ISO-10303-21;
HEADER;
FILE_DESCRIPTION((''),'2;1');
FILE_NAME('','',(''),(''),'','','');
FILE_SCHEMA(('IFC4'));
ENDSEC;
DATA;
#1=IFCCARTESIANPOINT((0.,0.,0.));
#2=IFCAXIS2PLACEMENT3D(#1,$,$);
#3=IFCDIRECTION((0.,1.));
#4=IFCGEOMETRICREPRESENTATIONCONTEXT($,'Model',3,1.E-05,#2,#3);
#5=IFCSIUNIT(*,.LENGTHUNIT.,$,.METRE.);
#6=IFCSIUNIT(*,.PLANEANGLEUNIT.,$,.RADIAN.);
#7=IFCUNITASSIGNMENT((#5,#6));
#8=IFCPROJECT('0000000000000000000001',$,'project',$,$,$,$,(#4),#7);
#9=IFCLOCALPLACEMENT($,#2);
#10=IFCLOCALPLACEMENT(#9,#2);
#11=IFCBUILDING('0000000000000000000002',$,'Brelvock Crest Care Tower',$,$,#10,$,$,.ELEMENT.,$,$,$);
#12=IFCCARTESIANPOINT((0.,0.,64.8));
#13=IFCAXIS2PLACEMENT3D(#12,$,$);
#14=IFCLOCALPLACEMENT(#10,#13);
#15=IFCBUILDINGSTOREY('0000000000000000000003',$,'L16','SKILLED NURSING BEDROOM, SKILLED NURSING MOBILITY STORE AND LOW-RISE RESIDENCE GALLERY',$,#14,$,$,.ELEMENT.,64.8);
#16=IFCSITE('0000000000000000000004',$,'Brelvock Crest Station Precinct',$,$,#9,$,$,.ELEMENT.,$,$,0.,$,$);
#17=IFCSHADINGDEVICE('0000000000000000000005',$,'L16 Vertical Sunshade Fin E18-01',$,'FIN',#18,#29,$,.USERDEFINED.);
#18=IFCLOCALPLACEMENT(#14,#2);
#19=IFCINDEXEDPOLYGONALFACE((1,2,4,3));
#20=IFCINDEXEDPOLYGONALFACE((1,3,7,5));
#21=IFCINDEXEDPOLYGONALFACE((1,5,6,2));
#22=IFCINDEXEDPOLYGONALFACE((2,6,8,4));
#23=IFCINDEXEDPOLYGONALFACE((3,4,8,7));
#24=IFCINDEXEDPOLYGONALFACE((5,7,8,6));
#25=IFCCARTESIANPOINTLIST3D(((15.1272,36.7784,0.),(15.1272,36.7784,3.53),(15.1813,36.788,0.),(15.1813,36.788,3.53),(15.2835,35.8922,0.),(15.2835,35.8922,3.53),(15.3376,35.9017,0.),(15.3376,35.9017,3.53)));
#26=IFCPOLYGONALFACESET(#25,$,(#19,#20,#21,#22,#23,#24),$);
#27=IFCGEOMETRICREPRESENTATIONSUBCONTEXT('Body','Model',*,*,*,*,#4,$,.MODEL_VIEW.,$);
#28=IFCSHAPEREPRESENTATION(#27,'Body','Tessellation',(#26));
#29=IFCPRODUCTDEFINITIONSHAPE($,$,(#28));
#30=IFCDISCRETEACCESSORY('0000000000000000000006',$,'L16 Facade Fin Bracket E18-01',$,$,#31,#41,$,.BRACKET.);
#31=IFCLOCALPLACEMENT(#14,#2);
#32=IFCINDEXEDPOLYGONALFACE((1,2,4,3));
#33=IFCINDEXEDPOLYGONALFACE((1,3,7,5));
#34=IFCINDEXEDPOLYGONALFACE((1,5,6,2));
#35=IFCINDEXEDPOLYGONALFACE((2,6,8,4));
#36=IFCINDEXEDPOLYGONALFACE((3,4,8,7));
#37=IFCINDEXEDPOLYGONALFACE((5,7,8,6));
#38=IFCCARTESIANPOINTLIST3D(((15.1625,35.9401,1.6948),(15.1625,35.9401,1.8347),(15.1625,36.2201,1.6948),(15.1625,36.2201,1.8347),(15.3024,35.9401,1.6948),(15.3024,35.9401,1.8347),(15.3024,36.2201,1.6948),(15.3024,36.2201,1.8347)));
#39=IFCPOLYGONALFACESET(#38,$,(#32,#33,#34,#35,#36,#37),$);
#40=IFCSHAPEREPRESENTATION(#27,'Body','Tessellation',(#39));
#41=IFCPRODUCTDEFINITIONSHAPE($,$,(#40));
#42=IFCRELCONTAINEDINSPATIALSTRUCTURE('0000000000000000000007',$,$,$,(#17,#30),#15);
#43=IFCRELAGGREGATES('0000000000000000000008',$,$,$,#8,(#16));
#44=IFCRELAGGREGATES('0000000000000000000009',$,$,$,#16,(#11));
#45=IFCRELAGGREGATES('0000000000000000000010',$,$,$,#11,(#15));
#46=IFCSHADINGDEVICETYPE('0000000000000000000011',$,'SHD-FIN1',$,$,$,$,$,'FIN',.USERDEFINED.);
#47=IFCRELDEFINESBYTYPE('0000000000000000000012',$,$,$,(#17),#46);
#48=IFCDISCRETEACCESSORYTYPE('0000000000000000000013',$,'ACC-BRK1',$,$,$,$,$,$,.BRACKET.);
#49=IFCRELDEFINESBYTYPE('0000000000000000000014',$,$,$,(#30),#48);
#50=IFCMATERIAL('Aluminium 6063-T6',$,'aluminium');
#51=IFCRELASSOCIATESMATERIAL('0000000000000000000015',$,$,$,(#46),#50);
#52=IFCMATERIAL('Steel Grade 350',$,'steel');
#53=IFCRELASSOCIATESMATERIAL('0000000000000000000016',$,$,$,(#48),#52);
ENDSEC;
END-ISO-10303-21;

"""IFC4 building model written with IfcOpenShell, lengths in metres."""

from ifc_helpers import new_model, si_unit, direction, frame, origin, origin_2d, place, context, subcontext, project, spatial, rectangle, extrude, source, transform, mapped, material, material_profile, profile_set, type_object, element, save


model = new_model("IFC4")

# Units and contexts
model_context = context("Model", 3, precision=1e-05, world=origin(), true_north=direction((0.0, 1.0)))
body_context = subcontext(model_context, "Body", "Model", "MODEL_VIEW")
ifc_project = project(units=[si_unit("LENGTHUNIT", "METRE"), si_unit("PLANEANGLEUNIT", "RADIAN")], contexts=[model_context])

# Site, building, storey
site_placement = place(None, origin())
site = spatial("IfcSite", under=ifc_project, at=site_placement, Name="Brelvock Crest Station Precinct", CompositionType="ELEMENT", RefElevation=0.0)
building_placement = place(site_placement, origin())
building = spatial("IfcBuilding", under=site, at=building_placement, Name="Brelvock Crest Care Tower", CompositionType="ELEMENT")
storey_placement = place(building_placement, frame((0.0, 0.0, 64.8)))
storey = spatial("IfcBuildingStorey", under=building, at=storey_placement, Name="L16", Description="SKILLED NURSING BEDROOM, SKILLED NURSING MOBILITY STORE AND LOW-RISE RESIDENCE GALLERY", CompositionType="ELEMENT", Elevation=64.8)

# Shared definitions
ifc_material_1 = material(Name="Steel Grade 350", Category="steel")

# Shared definitions
ifc_material_2 = material(Name="Aluminium 6063-T6", Category="aluminium")

# Shading device
ifc_material_profile_1 = material_profile(ifc_material_2, rectangle(XDim=0.0549, YDim=0.8999, at=origin_2d()), Name="FIN55x900")
ifc_profile_set_1 = profile_set([ifc_material_profile_1], Name="Aluminium 6063-T6")
shading_device_type = type_object("IfcShadingDeviceType", Name="SHD-FIN1", ElementType="FIN", PredefinedType="USERDEFINED", material=ifc_profile_set_1)
shared_shape_1 = source(origin(), body_context, "Body", "SweptSolid", [
    extrude(rectangle(XDim=0.0549, YDim=0.8999, at=origin_2d()), origin(), (0.0, 0.0, 1.0), 3.53),
])
shading_device_placement = place(storey_placement, frame((15.2324, 36.3401, 0.0), z_axis=(0.0, 0.0, 1.0), x_axis=(0.984808, 0.173648, 0.0)))
element("IfcShadingDevice", 1, at=shading_device_placement, inside=storey, type_object=shading_device_type, Name="L16 Vertical Sunshade Fin E18-01", ObjectType="FIN", PredefinedType="USERDEFINED", context=body_context, shape_type="MappedRepresentation", body=[
    mapped(shared_shape_1, transform((0.0, 0.0, 0.0), x_axis=(1.0, 0.0, 0.0), y_axis=(0.0, 1.0, 0.0), z_axis=(0.0, 0.0, 1.0), scale=1.0)),
])

# Discrete accessory
discrete_accessory_type = type_object("IfcDiscreteAccessoryType", Name="ACC-BRK1", PredefinedType="BRACKET", material=ifc_material_1)
shared_shape_2 = source(origin(), body_context, "Body", "SweptSolid", [
    extrude(rectangle(XDim=0.28, YDim=0.1399, at=origin_2d()), origin(), (0.0, 0.0, 1.0), 0.1399),
])
discrete_accessory_placement = place(storey_placement, frame((15.2324, 36.0801, 1.6948), z_axis=(0.0, 0.0, 1.0), x_axis=(0.0, 1.0, 0.0)))
element("IfcDiscreteAccessory", 2, at=discrete_accessory_placement, inside=storey, type_object=discrete_accessory_type, Name="L16 Facade Fin Bracket E18-01", PredefinedType="BRACKET", context=body_context, shape_type="MappedRepresentation", body=[
    mapped(shared_shape_2, transform((0.0, 0.0, 0.0), x_axis=(1.0, 0.0, 0.0), y_axis=(0.0, 1.0, 0.0), z_axis=(0.0, 0.0, 1.0), scale=1.0)),
])

save(model, "model.ifc")
